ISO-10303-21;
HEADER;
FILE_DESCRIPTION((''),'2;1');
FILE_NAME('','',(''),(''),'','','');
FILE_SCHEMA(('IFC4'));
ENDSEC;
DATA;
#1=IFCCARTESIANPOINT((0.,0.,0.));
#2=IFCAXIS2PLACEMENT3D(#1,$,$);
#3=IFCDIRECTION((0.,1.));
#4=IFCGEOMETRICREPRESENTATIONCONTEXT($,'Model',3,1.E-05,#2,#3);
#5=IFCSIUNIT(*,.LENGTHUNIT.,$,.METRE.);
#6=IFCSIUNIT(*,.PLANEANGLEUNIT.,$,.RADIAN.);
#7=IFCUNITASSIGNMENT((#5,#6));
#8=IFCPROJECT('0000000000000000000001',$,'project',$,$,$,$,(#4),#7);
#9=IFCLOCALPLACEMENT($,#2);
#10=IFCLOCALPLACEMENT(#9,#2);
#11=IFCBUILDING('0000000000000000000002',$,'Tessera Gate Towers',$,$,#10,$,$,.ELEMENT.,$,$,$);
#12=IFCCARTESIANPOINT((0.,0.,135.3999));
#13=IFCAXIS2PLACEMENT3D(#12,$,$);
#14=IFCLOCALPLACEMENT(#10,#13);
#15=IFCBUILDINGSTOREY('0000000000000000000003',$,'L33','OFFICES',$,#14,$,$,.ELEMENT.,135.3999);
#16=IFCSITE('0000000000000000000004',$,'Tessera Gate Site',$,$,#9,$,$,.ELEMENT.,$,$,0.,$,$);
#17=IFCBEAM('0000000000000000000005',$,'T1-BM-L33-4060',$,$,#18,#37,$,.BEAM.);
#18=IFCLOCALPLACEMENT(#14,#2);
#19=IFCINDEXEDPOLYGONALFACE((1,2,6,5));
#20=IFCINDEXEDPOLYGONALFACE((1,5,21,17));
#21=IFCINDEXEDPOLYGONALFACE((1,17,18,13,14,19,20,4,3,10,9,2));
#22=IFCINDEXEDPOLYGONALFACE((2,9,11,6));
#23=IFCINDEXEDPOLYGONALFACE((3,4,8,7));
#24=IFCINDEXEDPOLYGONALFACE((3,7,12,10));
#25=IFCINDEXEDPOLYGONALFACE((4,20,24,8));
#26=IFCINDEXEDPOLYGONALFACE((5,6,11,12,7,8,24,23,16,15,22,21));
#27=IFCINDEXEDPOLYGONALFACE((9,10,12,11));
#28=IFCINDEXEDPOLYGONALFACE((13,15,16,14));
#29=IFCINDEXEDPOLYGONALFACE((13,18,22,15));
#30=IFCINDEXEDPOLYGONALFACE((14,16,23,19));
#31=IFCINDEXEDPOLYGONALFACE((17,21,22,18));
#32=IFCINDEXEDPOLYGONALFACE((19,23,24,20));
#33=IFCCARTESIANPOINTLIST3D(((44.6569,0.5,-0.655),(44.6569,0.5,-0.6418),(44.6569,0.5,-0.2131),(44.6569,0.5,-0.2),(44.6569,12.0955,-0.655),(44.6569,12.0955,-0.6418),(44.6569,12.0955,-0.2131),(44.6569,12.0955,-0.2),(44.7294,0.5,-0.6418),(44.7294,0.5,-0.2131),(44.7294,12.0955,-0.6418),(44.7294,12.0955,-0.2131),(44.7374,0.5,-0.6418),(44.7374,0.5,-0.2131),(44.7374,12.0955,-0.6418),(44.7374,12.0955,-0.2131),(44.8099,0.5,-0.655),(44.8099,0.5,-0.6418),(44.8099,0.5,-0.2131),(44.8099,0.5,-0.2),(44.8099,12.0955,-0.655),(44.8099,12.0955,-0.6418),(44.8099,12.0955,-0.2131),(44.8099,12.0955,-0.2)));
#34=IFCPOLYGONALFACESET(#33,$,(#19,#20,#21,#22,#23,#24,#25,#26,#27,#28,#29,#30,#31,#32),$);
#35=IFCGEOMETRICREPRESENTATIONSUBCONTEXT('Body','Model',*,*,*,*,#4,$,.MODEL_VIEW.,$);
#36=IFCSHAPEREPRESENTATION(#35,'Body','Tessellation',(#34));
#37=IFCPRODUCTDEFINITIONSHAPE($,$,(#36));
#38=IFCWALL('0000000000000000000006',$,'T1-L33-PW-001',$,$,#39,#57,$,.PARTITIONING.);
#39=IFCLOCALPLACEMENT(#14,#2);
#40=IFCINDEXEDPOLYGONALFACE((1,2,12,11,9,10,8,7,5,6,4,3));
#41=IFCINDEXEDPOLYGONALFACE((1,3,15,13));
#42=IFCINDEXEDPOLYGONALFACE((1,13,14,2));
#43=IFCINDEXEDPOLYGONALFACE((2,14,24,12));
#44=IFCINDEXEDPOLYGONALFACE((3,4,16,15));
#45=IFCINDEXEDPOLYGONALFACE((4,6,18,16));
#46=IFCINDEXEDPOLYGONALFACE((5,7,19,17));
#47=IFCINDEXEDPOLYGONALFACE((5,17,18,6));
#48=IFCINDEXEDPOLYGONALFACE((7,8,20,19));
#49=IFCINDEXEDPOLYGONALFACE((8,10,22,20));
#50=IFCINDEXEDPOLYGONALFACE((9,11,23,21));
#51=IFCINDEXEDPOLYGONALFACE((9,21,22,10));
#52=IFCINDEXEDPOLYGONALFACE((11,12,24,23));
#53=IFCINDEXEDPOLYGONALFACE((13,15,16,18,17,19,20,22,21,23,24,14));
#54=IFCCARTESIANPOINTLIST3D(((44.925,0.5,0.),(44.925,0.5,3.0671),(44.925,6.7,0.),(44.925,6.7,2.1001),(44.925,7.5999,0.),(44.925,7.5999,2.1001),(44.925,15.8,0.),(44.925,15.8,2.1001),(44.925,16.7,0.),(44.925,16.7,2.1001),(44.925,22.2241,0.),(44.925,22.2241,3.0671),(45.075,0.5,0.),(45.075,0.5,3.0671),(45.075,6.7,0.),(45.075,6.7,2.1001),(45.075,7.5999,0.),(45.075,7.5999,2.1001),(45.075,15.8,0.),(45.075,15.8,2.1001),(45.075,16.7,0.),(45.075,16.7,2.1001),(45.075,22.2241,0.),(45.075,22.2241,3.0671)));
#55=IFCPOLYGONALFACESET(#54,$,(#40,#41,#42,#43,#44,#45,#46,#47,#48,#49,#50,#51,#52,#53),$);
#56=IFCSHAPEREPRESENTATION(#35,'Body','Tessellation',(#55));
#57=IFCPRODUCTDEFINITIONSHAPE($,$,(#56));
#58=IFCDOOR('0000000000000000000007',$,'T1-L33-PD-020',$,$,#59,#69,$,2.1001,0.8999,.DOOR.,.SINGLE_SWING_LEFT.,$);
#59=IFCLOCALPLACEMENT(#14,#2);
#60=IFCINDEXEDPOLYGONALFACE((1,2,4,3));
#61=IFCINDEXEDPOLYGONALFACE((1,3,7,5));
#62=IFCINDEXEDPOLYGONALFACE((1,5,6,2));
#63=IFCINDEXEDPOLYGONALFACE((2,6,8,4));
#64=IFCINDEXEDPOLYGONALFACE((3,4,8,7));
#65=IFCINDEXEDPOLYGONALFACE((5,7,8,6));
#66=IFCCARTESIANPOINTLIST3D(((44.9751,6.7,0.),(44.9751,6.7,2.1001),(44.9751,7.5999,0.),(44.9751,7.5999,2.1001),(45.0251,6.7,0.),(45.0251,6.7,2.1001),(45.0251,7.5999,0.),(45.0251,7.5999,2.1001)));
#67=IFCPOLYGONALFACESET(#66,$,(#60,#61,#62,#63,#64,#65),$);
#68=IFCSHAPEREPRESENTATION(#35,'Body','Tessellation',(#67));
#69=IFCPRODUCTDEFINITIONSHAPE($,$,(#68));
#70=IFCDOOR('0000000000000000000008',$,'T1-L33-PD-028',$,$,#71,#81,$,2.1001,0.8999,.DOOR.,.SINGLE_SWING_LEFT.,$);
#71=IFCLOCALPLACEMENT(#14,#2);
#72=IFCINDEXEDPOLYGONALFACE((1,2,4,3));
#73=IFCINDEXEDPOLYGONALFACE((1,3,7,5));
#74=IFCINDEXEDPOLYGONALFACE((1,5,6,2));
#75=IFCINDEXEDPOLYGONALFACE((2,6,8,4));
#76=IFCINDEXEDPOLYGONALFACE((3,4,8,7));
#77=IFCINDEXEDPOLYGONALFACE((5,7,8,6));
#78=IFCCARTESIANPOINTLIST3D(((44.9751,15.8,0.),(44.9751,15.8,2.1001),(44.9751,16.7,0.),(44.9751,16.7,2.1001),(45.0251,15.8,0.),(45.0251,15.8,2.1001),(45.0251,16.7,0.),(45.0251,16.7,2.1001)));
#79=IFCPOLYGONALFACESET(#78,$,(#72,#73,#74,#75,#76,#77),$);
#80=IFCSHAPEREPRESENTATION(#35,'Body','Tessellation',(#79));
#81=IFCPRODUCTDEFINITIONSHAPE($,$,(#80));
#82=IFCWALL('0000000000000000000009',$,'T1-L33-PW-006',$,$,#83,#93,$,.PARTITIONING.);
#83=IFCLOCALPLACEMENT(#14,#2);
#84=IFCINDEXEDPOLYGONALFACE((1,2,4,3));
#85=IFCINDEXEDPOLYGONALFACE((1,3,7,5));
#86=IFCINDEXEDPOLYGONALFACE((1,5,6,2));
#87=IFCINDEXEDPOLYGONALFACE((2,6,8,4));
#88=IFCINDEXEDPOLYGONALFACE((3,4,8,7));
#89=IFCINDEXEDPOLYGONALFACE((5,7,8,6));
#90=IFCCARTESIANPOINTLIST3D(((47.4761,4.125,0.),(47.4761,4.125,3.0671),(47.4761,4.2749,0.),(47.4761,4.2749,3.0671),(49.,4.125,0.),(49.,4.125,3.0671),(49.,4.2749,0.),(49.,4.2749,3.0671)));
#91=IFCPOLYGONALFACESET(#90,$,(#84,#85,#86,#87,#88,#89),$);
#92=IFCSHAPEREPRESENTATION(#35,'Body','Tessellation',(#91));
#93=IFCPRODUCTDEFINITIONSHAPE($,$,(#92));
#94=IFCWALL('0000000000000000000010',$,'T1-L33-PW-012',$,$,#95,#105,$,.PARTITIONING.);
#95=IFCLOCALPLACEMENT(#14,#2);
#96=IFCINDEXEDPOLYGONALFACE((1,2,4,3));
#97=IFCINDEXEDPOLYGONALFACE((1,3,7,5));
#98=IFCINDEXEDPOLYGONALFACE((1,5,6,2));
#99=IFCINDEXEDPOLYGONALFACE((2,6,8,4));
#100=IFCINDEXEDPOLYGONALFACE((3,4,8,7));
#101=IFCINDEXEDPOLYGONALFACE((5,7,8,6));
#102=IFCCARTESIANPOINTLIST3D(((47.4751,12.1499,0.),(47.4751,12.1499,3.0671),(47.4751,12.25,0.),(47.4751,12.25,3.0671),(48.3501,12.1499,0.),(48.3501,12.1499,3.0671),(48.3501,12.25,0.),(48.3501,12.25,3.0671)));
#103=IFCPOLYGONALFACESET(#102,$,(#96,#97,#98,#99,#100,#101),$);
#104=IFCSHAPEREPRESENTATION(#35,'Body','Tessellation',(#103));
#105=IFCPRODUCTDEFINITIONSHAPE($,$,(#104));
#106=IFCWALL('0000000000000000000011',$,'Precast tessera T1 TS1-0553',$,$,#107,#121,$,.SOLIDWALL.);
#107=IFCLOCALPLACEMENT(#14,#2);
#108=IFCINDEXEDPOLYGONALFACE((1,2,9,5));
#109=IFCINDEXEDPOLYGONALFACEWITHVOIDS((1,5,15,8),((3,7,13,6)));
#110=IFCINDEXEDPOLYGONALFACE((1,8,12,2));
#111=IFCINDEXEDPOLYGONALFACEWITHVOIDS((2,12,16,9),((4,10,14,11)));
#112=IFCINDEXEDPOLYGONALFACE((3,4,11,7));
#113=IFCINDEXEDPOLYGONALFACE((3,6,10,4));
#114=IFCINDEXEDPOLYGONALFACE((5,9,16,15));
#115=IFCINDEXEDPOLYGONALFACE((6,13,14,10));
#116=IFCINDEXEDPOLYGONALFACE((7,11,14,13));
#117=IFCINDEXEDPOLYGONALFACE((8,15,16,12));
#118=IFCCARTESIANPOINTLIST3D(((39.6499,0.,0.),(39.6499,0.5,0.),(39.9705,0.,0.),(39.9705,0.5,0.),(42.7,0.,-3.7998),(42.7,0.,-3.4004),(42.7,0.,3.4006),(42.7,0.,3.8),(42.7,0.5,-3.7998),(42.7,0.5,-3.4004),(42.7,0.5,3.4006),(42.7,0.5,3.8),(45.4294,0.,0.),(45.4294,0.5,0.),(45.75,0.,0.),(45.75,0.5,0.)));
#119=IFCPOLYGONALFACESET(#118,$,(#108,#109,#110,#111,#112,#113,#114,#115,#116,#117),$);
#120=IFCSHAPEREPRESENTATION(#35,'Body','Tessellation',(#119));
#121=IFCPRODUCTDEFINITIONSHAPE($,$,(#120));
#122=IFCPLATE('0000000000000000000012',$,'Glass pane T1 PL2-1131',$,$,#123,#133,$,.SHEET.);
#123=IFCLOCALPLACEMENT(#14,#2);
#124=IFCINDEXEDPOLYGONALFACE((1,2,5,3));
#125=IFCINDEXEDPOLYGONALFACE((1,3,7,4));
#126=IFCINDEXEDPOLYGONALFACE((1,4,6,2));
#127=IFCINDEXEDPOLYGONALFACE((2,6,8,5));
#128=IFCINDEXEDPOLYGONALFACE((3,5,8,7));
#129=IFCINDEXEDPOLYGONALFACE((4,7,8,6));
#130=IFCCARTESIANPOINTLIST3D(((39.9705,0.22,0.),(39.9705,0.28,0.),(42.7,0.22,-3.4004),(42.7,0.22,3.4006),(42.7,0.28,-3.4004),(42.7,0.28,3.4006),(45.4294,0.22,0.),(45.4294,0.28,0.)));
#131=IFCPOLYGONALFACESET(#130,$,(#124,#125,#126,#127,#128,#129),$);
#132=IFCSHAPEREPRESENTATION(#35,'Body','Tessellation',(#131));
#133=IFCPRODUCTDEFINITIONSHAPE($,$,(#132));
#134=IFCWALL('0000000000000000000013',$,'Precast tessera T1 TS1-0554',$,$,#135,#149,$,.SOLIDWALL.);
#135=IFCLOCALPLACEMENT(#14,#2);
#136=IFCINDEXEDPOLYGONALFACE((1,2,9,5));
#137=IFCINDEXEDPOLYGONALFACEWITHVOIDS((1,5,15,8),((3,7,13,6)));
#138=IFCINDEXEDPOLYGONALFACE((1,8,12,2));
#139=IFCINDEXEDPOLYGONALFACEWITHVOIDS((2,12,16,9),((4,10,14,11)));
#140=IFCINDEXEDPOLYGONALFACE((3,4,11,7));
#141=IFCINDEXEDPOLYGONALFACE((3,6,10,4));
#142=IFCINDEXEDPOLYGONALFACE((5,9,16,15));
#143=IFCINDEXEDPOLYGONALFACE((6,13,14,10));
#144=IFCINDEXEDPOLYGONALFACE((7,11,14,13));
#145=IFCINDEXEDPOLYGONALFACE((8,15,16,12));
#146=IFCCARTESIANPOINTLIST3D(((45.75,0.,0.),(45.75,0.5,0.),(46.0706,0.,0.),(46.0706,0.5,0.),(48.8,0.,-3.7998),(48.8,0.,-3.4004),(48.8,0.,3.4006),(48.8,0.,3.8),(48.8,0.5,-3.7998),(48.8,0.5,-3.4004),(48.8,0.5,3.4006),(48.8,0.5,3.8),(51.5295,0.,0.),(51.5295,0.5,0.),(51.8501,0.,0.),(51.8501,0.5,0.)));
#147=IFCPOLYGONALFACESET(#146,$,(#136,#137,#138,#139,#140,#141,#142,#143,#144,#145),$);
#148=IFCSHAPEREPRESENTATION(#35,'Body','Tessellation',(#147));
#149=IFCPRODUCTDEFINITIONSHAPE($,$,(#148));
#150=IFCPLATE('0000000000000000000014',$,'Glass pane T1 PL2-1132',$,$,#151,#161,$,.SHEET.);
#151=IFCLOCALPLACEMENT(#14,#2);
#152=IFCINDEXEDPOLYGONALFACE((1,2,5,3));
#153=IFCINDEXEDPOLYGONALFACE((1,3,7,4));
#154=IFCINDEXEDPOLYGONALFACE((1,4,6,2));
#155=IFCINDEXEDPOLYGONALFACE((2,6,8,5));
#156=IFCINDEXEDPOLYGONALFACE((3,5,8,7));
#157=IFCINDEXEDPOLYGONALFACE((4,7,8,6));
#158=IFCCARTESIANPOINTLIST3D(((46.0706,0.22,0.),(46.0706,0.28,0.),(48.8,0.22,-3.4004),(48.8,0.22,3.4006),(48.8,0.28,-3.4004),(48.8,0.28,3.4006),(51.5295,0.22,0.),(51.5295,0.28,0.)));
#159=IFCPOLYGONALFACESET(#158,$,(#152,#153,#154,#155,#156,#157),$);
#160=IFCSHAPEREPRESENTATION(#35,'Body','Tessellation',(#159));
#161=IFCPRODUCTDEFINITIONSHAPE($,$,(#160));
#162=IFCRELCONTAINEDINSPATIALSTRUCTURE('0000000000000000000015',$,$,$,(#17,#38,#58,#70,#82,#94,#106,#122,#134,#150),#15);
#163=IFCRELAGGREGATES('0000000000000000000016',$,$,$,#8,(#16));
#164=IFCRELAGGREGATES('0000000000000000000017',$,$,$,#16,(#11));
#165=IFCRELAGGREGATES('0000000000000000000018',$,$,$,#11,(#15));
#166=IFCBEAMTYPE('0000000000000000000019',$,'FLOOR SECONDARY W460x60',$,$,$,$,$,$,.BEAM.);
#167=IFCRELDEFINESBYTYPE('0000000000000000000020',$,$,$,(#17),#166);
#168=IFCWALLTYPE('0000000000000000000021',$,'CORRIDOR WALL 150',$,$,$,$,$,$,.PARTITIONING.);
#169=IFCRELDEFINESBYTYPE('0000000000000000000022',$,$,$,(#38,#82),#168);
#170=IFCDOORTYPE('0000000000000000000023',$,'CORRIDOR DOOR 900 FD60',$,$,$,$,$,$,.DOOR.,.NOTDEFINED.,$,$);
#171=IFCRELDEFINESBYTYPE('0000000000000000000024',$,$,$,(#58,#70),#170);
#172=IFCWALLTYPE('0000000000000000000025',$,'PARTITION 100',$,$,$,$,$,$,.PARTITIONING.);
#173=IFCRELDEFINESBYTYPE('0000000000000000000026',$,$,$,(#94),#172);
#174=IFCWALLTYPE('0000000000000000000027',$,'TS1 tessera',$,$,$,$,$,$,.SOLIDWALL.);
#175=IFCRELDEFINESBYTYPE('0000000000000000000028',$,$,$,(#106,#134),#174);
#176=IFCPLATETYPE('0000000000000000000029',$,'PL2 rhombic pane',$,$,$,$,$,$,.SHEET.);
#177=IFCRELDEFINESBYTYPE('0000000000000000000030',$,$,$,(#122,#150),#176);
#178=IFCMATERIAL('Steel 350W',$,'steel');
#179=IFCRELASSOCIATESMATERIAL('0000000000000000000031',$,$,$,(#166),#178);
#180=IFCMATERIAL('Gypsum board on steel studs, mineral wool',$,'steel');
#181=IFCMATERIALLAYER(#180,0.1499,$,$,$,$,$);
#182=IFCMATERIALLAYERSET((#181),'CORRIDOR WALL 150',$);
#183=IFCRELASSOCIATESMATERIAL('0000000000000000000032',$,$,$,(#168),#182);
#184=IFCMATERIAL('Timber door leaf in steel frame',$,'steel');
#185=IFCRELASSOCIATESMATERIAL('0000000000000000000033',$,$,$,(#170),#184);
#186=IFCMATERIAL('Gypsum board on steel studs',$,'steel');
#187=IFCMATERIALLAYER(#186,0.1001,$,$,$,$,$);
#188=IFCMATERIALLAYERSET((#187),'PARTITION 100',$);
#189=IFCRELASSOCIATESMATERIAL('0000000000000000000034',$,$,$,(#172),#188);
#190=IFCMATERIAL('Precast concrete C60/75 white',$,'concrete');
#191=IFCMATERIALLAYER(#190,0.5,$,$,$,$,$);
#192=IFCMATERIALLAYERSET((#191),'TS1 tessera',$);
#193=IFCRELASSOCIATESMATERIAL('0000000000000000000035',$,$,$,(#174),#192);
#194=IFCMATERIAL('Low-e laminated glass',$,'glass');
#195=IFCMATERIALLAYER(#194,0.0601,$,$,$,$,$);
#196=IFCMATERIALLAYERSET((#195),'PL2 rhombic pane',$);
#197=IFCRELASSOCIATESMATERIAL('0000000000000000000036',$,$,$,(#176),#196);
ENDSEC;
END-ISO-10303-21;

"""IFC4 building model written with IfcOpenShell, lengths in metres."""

from ifc_helpers import new_model, si_unit, direction, frame, frame_2d, origin, origin_2d, place, context, subcontext, project, spatial, polyline, rectangle, i_section, outline, extrude, source, transform, mapped, material, layer, layer_set, material_profile, profile_set, type_object, element, fill, save


model = new_model("IFC4")

# Units and contexts
model_context = context("Model", 3, precision=1e-05, world=origin(), true_north=direction((0.0, 1.0)))
body_context = subcontext(model_context, "Body", "Model", "MODEL_VIEW")
ifc_project = project(units=[si_unit("LENGTHUNIT", "METRE"), si_unit("PLANEANGLEUNIT", "RADIAN")], contexts=[model_context])

# Site, building, storey
site_placement = place(None, origin())
site = spatial("IfcSite", under=ifc_project, at=site_placement, Name="Tessera Gate Site", CompositionType="ELEMENT", RefElevation=0.0)
building_placement = place(site_placement, origin())
building = spatial("IfcBuilding", under=site, at=building_placement, Name="Tessera Gate Towers", CompositionType="ELEMENT")
storey_placement = place(building_placement, frame((0.0, 0.0, 135.3999)))
storey = spatial("IfcBuildingStorey", under=building, at=storey_placement, Name="L33", Description="OFFICES", CompositionType="ELEMENT", Elevation=135.3999)

# Beam
ifc_material_1 = material(Name="Steel 350W", Category="steel")
ifc_material_profile_1 = material_profile(ifc_material_1, i_section(OverallWidth=0.1531, OverallDepth=0.4551, WebThickness=0.0081, FlangeThickness=0.0132, at=origin_2d()), Name="W460x60")
ifc_profile_set_1 = profile_set([ifc_material_profile_1], Name="Steel 350W")
beam_type_1 = type_object("IfcBeamType", Name="FLOOR SECONDARY W460x60", PredefinedType="BEAM", material=ifc_profile_set_1)
beam_1_placement = place(storey_placement, frame((44.7334, 0.5, -0.4275), z_axis=(0.0, 1.0, 0.0), x_axis=(-1.0, 0.0, 0.0)))
element("IfcBeam", 1, at=beam_1_placement, inside=storey, type_object=beam_type_1, Name="T1-BM-L33-4060", PredefinedType="BEAM", context=body_context, shape_type="SweptSolid", body=[
    extrude(i_section(OverallWidth=0.1531, OverallDepth=0.4551, WebThickness=0.0081, FlangeThickness=0.0132, at=origin_2d()), origin(), (0.0, 0.0, 1.0), 11.5955),
])

# Wall, openings, doors
ifc_material_2 = material(Name="Gypsum board on steel studs, mineral wool", Category="steel")
ifc_layer_1 = layer(ifc_material_2, 0.1499)
ifc_layer_set_1 = layer_set([ifc_layer_1], Name="CORRIDOR WALL 150")
wall_type_1 = type_object("IfcWallType", Name="CORRIDOR WALL 150", PredefinedType="PARTITIONING", material=ifc_layer_set_1)
wall_1_placement = place(storey_placement, frame((45.0, 0.5, 0.0), z_axis=(0.0, 0.0, 1.0), x_axis=(0.0, 1.0, 0.0)))
wall_1 = element("IfcWall", 2, at=wall_1_placement, inside=storey, type_object=wall_type_1, Name="T1-L33-PW-001", PredefinedType="PARTITIONING", context=body_context, shape_type="SweptSolid", body=[
    extrude(rectangle(XDim=21.7241, YDim=0.1499, at=frame_2d((10.8621, 0.0))), origin(), (0.0, 0.0, 1.0), 3.0671),
])
shared_shape_1 = source(origin(), body_context, "Body", "SweptSolid", [
    extrude(rectangle(XDim=0.8999, YDim=2.1001, at=frame_2d((0.45, 1.05))), frame((0.0, 0.085, 0.0), z_axis=(0.0, -1.0, 0.0), x_axis=(1.0, 0.0, 0.0)), (0.0, 0.0, 1.0), 0.1699),
])
opening_1_placement = place(wall_1_placement, frame((6.2, 0.0, 0.0)))
opening_1 = element("IfcOpeningElement", 3, at=opening_1_placement, cuts=wall_1, PredefinedType="OPENING", context=body_context, shape_type="MappedRepresentation", body=[
    mapped(shared_shape_1, transform((0.0, 0.0, 0.0), scale=1.0)),
])
opening_2_placement = place(wall_1_placement, frame((15.3, 0.0, 0.0)))
opening_2 = element("IfcOpeningElement", 4, at=opening_2_placement, cuts=wall_1, PredefinedType="OPENING", context=body_context, shape_type="MappedRepresentation", body=[
    mapped(shared_shape_1, transform((0.0, 0.0, 0.0), scale=1.0)),
])
ifc_material_3 = material(Name="Timber door leaf in steel frame", Category="steel")
door_type = type_object("IfcDoorType", Name="CORRIDOR DOOR 900 FD60", OperationType="NOTDEFINED", PredefinedType="DOOR", material=ifc_material_3)
shared_shape_2 = source(origin(), body_context, "Body", "SweptSolid", [
    extrude(rectangle(XDim=0.8999, YDim=2.1001, at=frame_2d((0.45, 1.05))), frame((0.0, 0.0249, 0.0), z_axis=(0.0, -1.0, 0.0), x_axis=(1.0, 0.0, 0.0)), (0.0, 0.0, 1.0), 0.05),
])
door_1_placement = place(opening_1_placement, origin())
door_1 = element("IfcDoor", 5, at=door_1_placement, inside=storey, type_object=door_type, Name="T1-L33-PD-020", OperationType="SINGLE_SWING_LEFT", OverallHeight=2.1001, OverallWidth=0.8999, PredefinedType="DOOR", context=body_context, shape_type="MappedRepresentation", body=[
    mapped(shared_shape_2, transform((0.0, 0.0, 0.0), scale=1.0)),
])
fill(opening_1, door_1)
door_2_placement = place(opening_2_placement, origin())
door_2 = element("IfcDoor", 6, at=door_2_placement, inside=storey, type_object=door_type, Name="T1-L33-PD-028", OperationType="SINGLE_SWING_LEFT", OverallHeight=2.1001, OverallWidth=0.8999, PredefinedType="DOOR", context=body_context, shape_type="MappedRepresentation", body=[
    mapped(shared_shape_2, transform((0.0, 0.0, 0.0), scale=1.0)),
])
fill(opening_2, door_2)

# Walls
wall_2_placement = place(storey_placement, frame((47.4761, 4.2, 0.0), z_axis=(0.0, 0.0, 1.0), x_axis=(1.0, 0.0, 0.0)))
element("IfcWall", 7, at=wall_2_placement, inside=storey, type_object=wall_type_1, Name="T1-L33-PW-006", PredefinedType="PARTITIONING", context=body_context, shape_type="SweptSolid", body=[
    extrude(rectangle(XDim=1.5239, YDim=0.1499, at=frame_2d((0.762, 0.0))), origin(), (0.0, 0.0, 1.0), 3.0671),
])
ifc_material_4 = material(Name="Gypsum board on steel studs", Category="steel")
ifc_layer_2 = layer(ifc_material_4, 0.1001)
ifc_layer_set_2 = layer_set([ifc_layer_2], Name="PARTITION 100")
wall_type_2 = type_object("IfcWallType", Name="PARTITION 100", PredefinedType="PARTITIONING", material=ifc_layer_set_2)
wall_3_placement = place(storey_placement, frame((48.3501, 12.2, 0.0), z_axis=(0.0, 0.0, 1.0), x_axis=(-1.0, 0.0, 0.0)))
element("IfcWall", 8, at=wall_3_placement, inside=storey, type_object=wall_type_2, Name="T1-L33-PW-012", PredefinedType="PARTITIONING", context=body_context, shape_type="SweptSolid", body=[
    extrude(rectangle(XDim=0.875, YDim=0.1001, at=frame_2d((0.4375, 0.0))), origin(), (0.0, 0.0, 1.0), 3.0671),
])

# Walls, openings, plates
ifc_material_5 = material(Name="Precast concrete C60/75 white", Category="concrete")
ifc_layer_3 = layer(ifc_material_5, 0.5)
ifc_layer_set_3 = layer_set([ifc_layer_3], Name="TS1 tessera")
wall_type_3 = type_object("IfcWallType", Name="TS1 tessera", PredefinedType="SOLIDWALL", material=ifc_layer_set_3)
shared_shape_3 = source(origin(), body_context, "Body", "SweptSolid", [
    extrude(outline(polyline([(3.05, 0.0), (6.1001, 3.7998), (3.05, 7.5999), (0.0, 3.7998), (3.05, 0.0)])), frame((0.0, 0.25, 0.0), z_axis=(0.0, -1.0, 0.0), x_axis=(1.0, 0.0, 0.0)), (0.0, 0.0, 1.0), 0.5),
])
wall_4_placement = place(storey_placement, frame((39.6499, 0.25, -3.7998), z_axis=(0.0, 0.0, 1.0), x_axis=(1.0, 0.0, 0.0)))
wall_4 = element("IfcWall", 9, at=wall_4_placement, inside=storey, type_object=wall_type_3, Name="Precast tessera T1 TS1-0553", PredefinedType="SOLIDWALL", context=body_context, shape_type="MappedRepresentation", body=[
    mapped(shared_shape_3, transform((0.0, 0.0, 0.0), scale=1.0)),
])
shared_shape_4 = source(origin(), body_context, "Body", "SweptSolid", [
    extrude(outline(polyline([(3.05, 0.3994), (5.7795, 3.7998), (3.05, 7.2004), (0.3206, 3.7998), (3.05, 0.3994)])), frame((0.0, 0.26, 0.0), z_axis=(0.0, -1.0, 0.0), x_axis=(1.0, 0.0, 0.0)), (0.0, 0.0, 1.0), 0.52),
])
opening_3_placement = place(wall_4_placement, origin())
opening_3 = element("IfcOpeningElement", 10, at=opening_3_placement, cuts=wall_4, PredefinedType="OPENING", context=body_context, shape_type="MappedRepresentation", body=[
    mapped(shared_shape_4, transform((0.0, 0.0, 0.0), scale=1.0)),
])
ifc_material_6 = material(Name="Low-e laminated glass", Category="glass")
ifc_layer_4 = layer(ifc_material_6, 0.0601)
ifc_layer_set_4 = layer_set([ifc_layer_4], Name="PL2 rhombic pane")
plate_type = type_object("IfcPlateType", Name="PL2 rhombic pane", PredefinedType="SHEET", material=ifc_layer_set_4)
shared_shape_5 = source(origin(), body_context, "Body", "SweptSolid", [
    extrude(outline(polyline([(3.05, 0.3994), (5.7795, 3.7998), (3.05, 7.2004), (0.3206, 3.7998), (3.05, 0.3994)])), frame((0.0, 0.03, 0.0), z_axis=(0.0, -1.0, 0.0), x_axis=(1.0, 0.0, 0.0)), (0.0, 0.0, 1.0), 0.0601),
])
plate_1_placement = place(opening_3_placement, origin())
plate_1 = element("IfcPlate", 11, at=plate_1_placement, inside=storey, type_object=plate_type, Name="Glass pane T1 PL2-1131", PredefinedType="SHEET", context=body_context, shape_type="MappedRepresentation", body=[
    mapped(shared_shape_5, transform((0.0, 0.0, 0.0), scale=1.0)),
])
fill(opening_3, plate_1)
wall_5_placement = place(storey_placement, frame((45.75, 0.25, -3.7998), z_axis=(0.0, 0.0, 1.0), x_axis=(1.0, 0.0, 0.0)))
wall_5 = element("IfcWall", 12, at=wall_5_placement, inside=storey, type_object=wall_type_3, Name="Precast tessera T1 TS1-0554", PredefinedType="SOLIDWALL", context=body_context, shape_type="MappedRepresentation", body=[
    mapped(shared_shape_3, transform((0.0, 0.0, 0.0), scale=1.0)),
])
opening_4_placement = place(wall_5_placement, origin())
opening_4 = element("IfcOpeningElement", 13, at=opening_4_placement, cuts=wall_5, PredefinedType="OPENING", context=body_context, shape_type="MappedRepresentation", body=[
    mapped(shared_shape_4, transform((0.0, 0.0, 0.0), scale=1.0)),
])
plate_2_placement = place(opening_4_placement, origin())
plate_2 = element("IfcPlate", 14, at=plate_2_placement, inside=storey, type_object=plate_type, Name="Glass pane T1 PL2-1132", PredefinedType="SHEET", context=body_context, shape_type="MappedRepresentation", body=[
    mapped(shared_shape_5, transform((0.0, 0.0, 0.0), scale=1.0)),
])
fill(opening_4, plate_2)

save(model, "model.ifc")
